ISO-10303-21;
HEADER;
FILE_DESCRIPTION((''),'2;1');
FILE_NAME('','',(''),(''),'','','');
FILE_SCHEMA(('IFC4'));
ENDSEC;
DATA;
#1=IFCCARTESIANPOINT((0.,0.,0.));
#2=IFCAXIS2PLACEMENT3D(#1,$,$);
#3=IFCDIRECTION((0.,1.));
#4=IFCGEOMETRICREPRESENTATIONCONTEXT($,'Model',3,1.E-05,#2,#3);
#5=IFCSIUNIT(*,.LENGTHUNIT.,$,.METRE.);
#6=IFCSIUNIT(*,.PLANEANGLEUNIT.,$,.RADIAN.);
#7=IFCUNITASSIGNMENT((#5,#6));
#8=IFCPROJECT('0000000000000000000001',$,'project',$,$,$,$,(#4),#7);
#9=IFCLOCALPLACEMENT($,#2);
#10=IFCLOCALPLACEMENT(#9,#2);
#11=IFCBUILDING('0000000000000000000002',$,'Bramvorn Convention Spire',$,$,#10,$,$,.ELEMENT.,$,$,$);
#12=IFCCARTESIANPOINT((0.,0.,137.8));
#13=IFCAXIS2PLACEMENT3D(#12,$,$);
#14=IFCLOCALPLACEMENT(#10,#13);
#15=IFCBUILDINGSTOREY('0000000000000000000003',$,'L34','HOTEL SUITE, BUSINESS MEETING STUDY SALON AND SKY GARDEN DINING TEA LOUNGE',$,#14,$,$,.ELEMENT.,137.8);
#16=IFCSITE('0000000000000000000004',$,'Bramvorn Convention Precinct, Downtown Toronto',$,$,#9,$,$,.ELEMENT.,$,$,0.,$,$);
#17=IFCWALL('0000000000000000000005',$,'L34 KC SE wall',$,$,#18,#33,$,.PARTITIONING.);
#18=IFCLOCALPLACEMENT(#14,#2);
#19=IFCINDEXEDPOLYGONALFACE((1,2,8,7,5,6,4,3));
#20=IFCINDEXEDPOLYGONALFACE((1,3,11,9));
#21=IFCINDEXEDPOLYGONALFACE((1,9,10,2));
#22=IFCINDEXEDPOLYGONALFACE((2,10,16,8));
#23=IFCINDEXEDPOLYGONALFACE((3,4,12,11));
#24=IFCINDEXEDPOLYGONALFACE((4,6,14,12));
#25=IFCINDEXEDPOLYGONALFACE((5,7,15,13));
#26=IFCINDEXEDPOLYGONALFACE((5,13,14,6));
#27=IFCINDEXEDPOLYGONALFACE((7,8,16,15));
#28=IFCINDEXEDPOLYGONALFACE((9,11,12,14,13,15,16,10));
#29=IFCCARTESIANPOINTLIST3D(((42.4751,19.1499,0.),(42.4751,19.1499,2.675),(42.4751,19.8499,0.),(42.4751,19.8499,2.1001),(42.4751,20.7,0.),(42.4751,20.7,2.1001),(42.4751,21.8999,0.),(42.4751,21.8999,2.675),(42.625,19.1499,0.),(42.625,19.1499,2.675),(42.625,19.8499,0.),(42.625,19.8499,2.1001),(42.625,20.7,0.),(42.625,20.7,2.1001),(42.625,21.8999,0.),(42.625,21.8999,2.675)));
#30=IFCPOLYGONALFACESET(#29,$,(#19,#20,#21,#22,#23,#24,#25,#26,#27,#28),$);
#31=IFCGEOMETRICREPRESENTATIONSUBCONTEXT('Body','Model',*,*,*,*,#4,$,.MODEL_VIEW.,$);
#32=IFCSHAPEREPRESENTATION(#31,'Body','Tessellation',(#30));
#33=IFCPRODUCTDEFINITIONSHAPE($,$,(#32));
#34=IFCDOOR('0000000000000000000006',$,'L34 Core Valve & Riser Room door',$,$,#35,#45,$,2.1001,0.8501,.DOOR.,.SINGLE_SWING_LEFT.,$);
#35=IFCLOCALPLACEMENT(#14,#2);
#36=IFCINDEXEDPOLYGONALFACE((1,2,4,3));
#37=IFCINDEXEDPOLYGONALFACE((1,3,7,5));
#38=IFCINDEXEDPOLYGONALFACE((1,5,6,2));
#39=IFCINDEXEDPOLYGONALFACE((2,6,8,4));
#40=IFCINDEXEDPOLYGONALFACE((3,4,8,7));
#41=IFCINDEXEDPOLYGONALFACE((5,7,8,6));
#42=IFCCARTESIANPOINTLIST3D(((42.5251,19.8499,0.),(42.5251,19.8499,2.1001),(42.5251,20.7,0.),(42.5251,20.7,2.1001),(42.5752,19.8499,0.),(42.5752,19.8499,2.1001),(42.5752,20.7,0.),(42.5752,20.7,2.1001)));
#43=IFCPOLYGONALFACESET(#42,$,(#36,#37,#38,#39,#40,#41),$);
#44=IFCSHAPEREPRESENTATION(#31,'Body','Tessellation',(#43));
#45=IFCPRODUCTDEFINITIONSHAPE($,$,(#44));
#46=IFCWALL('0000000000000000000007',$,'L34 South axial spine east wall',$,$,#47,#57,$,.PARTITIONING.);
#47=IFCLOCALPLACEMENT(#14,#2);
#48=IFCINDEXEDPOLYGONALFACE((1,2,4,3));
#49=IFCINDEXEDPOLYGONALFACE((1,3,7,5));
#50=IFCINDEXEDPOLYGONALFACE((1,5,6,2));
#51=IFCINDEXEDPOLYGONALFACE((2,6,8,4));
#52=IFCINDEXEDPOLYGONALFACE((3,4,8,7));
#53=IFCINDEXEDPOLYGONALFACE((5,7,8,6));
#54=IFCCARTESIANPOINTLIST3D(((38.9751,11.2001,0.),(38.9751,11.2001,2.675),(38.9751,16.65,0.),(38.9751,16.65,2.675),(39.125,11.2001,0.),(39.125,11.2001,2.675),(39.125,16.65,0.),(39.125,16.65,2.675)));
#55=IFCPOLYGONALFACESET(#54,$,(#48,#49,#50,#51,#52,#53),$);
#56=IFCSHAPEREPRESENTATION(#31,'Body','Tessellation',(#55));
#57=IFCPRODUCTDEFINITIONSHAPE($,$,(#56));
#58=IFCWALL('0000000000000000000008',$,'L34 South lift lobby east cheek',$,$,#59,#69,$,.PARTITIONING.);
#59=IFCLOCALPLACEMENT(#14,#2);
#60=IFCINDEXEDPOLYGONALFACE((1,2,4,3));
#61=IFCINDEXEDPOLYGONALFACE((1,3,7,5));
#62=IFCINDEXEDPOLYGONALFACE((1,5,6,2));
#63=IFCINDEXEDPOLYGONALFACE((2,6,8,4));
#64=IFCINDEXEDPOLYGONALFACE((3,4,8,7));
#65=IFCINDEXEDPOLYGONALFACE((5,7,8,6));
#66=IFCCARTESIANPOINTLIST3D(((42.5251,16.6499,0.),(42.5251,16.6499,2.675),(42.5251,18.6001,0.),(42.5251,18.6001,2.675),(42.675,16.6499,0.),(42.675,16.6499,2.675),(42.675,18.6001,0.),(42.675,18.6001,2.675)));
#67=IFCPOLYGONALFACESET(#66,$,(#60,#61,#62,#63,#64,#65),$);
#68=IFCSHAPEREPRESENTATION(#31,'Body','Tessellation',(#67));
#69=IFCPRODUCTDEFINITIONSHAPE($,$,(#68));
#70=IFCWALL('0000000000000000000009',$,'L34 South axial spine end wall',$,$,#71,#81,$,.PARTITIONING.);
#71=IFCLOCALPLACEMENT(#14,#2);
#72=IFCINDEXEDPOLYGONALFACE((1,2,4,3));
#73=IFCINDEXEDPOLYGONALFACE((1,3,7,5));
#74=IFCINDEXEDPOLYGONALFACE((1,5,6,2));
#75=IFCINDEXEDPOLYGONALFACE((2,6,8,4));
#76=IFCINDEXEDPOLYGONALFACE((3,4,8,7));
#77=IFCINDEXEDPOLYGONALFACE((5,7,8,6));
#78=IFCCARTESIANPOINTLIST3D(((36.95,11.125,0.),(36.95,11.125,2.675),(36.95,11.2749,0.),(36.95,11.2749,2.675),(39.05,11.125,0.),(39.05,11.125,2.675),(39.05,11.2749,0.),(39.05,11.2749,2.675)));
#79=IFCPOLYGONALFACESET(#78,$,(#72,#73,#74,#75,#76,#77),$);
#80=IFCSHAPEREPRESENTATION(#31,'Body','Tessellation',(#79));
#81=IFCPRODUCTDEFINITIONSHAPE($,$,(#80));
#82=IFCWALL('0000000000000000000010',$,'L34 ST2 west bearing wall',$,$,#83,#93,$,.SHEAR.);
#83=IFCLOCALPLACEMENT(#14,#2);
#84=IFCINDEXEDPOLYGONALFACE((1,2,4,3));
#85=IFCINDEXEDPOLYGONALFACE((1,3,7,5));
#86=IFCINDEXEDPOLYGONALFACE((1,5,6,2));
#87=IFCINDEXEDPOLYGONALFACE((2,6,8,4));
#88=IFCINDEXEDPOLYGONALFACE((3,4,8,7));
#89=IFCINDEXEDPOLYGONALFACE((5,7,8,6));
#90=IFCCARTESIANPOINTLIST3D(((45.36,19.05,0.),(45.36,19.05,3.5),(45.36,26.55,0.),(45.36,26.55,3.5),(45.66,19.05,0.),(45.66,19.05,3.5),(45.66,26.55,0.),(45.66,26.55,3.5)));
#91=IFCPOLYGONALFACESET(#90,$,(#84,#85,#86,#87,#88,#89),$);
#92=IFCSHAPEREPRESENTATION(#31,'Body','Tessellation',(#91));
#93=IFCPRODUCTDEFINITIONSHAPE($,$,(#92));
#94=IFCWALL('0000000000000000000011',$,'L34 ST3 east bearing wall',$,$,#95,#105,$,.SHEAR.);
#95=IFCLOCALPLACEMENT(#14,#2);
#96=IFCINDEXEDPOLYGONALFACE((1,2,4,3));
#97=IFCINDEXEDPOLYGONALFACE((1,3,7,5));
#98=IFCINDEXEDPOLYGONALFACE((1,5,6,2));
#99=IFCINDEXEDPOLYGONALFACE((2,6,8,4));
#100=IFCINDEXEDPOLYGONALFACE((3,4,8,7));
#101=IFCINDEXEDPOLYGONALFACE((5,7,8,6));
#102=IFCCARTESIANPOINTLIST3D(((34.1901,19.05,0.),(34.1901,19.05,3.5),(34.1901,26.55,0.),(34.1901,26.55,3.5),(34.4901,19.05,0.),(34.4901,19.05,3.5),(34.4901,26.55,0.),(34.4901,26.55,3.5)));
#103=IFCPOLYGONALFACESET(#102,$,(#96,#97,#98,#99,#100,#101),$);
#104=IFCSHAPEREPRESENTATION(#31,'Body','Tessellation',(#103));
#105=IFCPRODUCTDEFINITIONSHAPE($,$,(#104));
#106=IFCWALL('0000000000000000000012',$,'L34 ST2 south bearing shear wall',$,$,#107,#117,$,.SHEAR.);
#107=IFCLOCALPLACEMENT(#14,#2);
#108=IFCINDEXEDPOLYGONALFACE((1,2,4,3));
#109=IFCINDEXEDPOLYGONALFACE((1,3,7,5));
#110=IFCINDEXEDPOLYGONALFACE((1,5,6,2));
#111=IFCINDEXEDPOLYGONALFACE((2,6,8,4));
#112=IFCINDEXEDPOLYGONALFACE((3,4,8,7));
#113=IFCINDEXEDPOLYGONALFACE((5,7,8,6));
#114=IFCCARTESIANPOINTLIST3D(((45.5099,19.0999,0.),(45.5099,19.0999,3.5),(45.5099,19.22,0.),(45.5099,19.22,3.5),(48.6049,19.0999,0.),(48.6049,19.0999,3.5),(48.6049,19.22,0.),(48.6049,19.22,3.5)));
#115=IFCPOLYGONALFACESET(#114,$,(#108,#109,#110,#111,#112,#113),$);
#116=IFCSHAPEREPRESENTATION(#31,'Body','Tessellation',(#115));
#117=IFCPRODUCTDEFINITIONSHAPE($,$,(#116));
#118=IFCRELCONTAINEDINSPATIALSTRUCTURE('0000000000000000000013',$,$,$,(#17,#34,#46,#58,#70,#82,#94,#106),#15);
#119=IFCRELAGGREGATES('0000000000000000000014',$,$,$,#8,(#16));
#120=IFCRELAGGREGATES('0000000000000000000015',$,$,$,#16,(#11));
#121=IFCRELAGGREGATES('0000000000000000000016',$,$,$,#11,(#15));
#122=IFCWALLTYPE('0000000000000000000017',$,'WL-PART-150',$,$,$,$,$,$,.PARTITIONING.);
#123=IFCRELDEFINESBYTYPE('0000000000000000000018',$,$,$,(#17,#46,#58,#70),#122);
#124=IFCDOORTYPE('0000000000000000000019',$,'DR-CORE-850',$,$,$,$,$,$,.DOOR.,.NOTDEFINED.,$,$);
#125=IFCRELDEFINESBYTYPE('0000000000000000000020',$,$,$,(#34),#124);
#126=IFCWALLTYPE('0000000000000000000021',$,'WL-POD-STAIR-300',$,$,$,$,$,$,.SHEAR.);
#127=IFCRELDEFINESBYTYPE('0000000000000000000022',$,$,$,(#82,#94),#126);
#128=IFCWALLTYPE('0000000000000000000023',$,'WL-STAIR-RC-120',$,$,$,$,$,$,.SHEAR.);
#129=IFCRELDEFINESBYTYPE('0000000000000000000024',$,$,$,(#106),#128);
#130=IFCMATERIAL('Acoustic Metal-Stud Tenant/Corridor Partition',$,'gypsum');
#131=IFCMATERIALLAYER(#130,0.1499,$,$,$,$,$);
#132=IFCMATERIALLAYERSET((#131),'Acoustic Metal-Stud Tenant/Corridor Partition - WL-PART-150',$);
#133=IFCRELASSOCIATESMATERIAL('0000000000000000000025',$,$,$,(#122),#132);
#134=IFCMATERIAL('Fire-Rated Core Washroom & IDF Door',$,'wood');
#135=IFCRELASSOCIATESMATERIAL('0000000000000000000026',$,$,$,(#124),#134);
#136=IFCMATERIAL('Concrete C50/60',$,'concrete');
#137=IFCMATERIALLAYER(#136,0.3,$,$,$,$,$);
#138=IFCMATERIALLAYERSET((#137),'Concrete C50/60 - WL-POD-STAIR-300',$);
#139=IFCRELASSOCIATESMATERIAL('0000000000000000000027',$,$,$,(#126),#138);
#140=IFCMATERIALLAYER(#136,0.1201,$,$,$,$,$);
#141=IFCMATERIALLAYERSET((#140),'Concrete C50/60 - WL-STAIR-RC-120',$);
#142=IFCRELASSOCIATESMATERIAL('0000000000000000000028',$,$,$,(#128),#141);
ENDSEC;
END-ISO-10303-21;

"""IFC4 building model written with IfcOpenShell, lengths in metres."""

from ifc_helpers import new_model, si_unit, direction, frame, frame_2d, origin, place, context, subcontext, project, spatial, rectangle, extrude, material, layer, layer_set, type_object, element, fill, save


model = new_model("IFC4")

# Units and contexts
model_context = context("Model", 3, precision=1e-05, world=origin(), true_north=direction((0.0, 1.0)))
body_context = subcontext(model_context, "Body", "Model", "MODEL_VIEW")
ifc_project = project(units=[si_unit("LENGTHUNIT", "METRE"), si_unit("PLANEANGLEUNIT", "RADIAN")], contexts=[model_context])

# Site, building, storey
site_placement = place(None, origin())
site = spatial("IfcSite", under=ifc_project, at=site_placement, Name="Bramvorn Convention Precinct, Downtown Toronto", CompositionType="ELEMENT", RefElevation=0.0)
building_placement = place(site_placement, origin())
building = spatial("IfcBuilding", under=site, at=building_placement, Name="Bramvorn Convention Spire", CompositionType="ELEMENT")
storey_placement = place(building_placement, frame((0.0, 0.0, 137.8)))
storey = spatial("IfcBuildingStorey", under=building, at=storey_placement, Name="L34", Description="HOTEL SUITE, BUSINESS MEETING STUDY SALON AND SKY GARDEN DINING TEA LOUNGE", CompositionType="ELEMENT", Elevation=137.8)

# Shared definitions
ifc_material_1 = material(Name="Concrete C50/60", Category="concrete")

# Wall, opening, door
ifc_material_2 = material(Name="Acoustic Metal-Stud Tenant/Corridor Partition", Category="gypsum")
ifc_layer_1 = layer(ifc_material_2, 0.1499)
ifc_layer_set_1 = layer_set([ifc_layer_1], Name="Acoustic Metal-Stud Tenant/Corridor Partition - WL-PART-150")
wall_type_1 = type_object("IfcWallType", Name="WL-PART-150", PredefinedType="PARTITIONING", material=ifc_layer_set_1)
wall_1_placement = place(storey_placement, frame((42.55, 19.1499, 0.0), z_axis=(0.0, 0.0, 1.0), x_axis=(0.0, 1.0, 0.0)))
wall_1 = element("IfcWall", 1, at=wall_1_placement, inside=storey, type_object=wall_type_1, Name="L34 KC SE wall", PredefinedType="PARTITIONING", context=body_context, shape_type="SweptSolid", body=[
    extrude(rectangle(XDim=2.75, YDim=0.1499, at=frame_2d((1.375, 0.0))), origin(), (0.0, 0.0, 1.0), 2.675),
])
opening_1_placement = place(wall_1_placement, frame((0.7, 0.0, 0.0)))
opening_1 = element("IfcOpeningElement", 2, at=opening_1_placement, cuts=wall_1, PredefinedType="OPENING", context=body_context, shape_type="SweptSolid", body=[
    extrude(rectangle(XDim=0.8501, YDim=2.1001, at=frame_2d((0.425, 1.05))), frame((0.0, 0.085, 0.0), z_axis=(0.0, -1.0, 0.0), x_axis=(1.0, 0.0, 0.0)), (0.0, 0.0, 1.0), 0.1699),
])
ifc_material_3 = material(Name="Fire-Rated Core Washroom & IDF Door", Category="wood")
door_type_1 = type_object("IfcDoorType", Name="DR-CORE-850", OperationType="NOTDEFINED", PredefinedType="DOOR", material=ifc_material_3)
door_1_placement = place(opening_1_placement, origin())
door_1 = element("IfcDoor", 3, at=door_1_placement, inside=storey, type_object=door_type_1, Name="L34 Core Valve & Riser Room door", OperationType="SINGLE_SWING_LEFT", OverallHeight=2.1001, OverallWidth=0.8501, PredefinedType="DOOR", context=body_context, shape_type="SweptSolid", body=[
    extrude(rectangle(XDim=0.8501, YDim=2.1001, at=frame_2d((0.425, 1.05))), frame((0.0, 0.0249, 0.0), z_axis=(0.0, -1.0, 0.0), x_axis=(1.0, 0.0, 0.0)), (0.0, 0.0, 1.0), 0.05),
])
fill(opening_1, door_1)

# Wall
wall_2_placement = place(storey_placement, frame((39.05, 11.2, 0.0), z_axis=(0.0, 0.0, 1.0), x_axis=(0.0, 1.0, 0.0)))
element("IfcWall", 4, at=wall_2_placement, inside=storey, type_object=wall_type_1, Name="L34 South axial spine east wall", PredefinedType="PARTITIONING", context=body_context, shape_type="SweptSolid", body=[
    extrude(rectangle(XDim=5.45, YDim=0.1499, at=frame_2d((2.7251, 0.0))), origin(), (0.0, 0.0, 1.0), 2.675),
])

# Walls
wall_3_placement = place(storey_placement, frame((42.6001, 16.6499, 0.0), z_axis=(0.0, 0.0, 1.0), x_axis=(0.0, 1.0, 0.0)))
element("IfcWall", 5, at=wall_3_placement, inside=storey, type_object=wall_type_1, Name="L34 South lift lobby east cheek", PredefinedType="PARTITIONING", context=body_context, shape_type="SweptSolid", body=[
    extrude(rectangle(XDim=1.9502, YDim=0.1499, at=frame_2d((0.9751, 0.0))), origin(), (0.0, 0.0, 1.0), 2.675),
])
wall_4_placement = place(storey_placement, frame((36.95, 11.2, 0.0), z_axis=(0.0, 0.0, 1.0), x_axis=(1.0, 0.0, 0.0)))
element("IfcWall", 6, at=wall_4_placement, inside=storey, type_object=wall_type_1, Name="L34 South axial spine end wall", PredefinedType="PARTITIONING", context=body_context, shape_type="SweptSolid", body=[
    extrude(rectangle(XDim=2.1001, YDim=0.1499, at=frame_2d((1.05, 0.0))), origin(), (0.0, 0.0, 1.0), 2.675),
])
ifc_layer_2 = layer(ifc_material_1, 0.3)
ifc_layer_set_2 = layer_set([ifc_layer_2], Name="Concrete C50/60 - WL-POD-STAIR-300")
wall_type_2 = type_object("IfcWallType", Name="WL-POD-STAIR-300", PredefinedType="SHEAR", material=ifc_layer_set_2)
for number, where, z_axis, x_axis, name in (
    (7, (45.51, 19.05, 0.0), (0.0, 0.0, 1.0), (0.0, 1.0, 0.0), "L34 ST2 west bearing wall"),
    (8, (34.3401, 19.05, 0.0), (0.0, 0.0, 1.0), (0.0, 1.0, 0.0), "L34 ST3 east bearing wall"),
):
    element("IfcWall", number, at=place(storey_placement, frame(where, z_axis=z_axis, x_axis=x_axis)), inside=storey, type_object=wall_type_2, Name=name, PredefinedType="SHEAR", context=body_context, shape_type="SweptSolid", body=[
        extrude(rectangle(XDim=7.5, YDim=0.3, at=frame_2d((3.75, 0.0))), origin(), (0.0, 0.0, 1.0), 3.5),
    ])
ifc_layer_3 = layer(ifc_material_1, 0.1201)
ifc_layer_set_3 = layer_set([ifc_layer_3], Name="Concrete C50/60 - WL-STAIR-RC-120")
wall_type_3 = type_object("IfcWallType", Name="WL-STAIR-RC-120", PredefinedType="SHEAR", material=ifc_layer_set_3)
wall_5_placement = place(storey_placement, frame((45.51, 19.1599, 0.0), z_axis=(0.0, 0.0, 1.0), x_axis=(1.0, 0.0, 0.0)))
element("IfcWall", 9, at=wall_5_placement, inside=storey, type_object=wall_type_3, Name="L34 ST2 south bearing shear wall", PredefinedType="SHEAR", context=body_context, shape_type="SweptSolid", body=[
    extrude(rectangle(XDim=3.095, YDim=0.1201, at=frame_2d((1.5474, 0.0))), origin(), (0.0, 0.0, 1.0), 3.5),
])

save(model, "model.ifc")
